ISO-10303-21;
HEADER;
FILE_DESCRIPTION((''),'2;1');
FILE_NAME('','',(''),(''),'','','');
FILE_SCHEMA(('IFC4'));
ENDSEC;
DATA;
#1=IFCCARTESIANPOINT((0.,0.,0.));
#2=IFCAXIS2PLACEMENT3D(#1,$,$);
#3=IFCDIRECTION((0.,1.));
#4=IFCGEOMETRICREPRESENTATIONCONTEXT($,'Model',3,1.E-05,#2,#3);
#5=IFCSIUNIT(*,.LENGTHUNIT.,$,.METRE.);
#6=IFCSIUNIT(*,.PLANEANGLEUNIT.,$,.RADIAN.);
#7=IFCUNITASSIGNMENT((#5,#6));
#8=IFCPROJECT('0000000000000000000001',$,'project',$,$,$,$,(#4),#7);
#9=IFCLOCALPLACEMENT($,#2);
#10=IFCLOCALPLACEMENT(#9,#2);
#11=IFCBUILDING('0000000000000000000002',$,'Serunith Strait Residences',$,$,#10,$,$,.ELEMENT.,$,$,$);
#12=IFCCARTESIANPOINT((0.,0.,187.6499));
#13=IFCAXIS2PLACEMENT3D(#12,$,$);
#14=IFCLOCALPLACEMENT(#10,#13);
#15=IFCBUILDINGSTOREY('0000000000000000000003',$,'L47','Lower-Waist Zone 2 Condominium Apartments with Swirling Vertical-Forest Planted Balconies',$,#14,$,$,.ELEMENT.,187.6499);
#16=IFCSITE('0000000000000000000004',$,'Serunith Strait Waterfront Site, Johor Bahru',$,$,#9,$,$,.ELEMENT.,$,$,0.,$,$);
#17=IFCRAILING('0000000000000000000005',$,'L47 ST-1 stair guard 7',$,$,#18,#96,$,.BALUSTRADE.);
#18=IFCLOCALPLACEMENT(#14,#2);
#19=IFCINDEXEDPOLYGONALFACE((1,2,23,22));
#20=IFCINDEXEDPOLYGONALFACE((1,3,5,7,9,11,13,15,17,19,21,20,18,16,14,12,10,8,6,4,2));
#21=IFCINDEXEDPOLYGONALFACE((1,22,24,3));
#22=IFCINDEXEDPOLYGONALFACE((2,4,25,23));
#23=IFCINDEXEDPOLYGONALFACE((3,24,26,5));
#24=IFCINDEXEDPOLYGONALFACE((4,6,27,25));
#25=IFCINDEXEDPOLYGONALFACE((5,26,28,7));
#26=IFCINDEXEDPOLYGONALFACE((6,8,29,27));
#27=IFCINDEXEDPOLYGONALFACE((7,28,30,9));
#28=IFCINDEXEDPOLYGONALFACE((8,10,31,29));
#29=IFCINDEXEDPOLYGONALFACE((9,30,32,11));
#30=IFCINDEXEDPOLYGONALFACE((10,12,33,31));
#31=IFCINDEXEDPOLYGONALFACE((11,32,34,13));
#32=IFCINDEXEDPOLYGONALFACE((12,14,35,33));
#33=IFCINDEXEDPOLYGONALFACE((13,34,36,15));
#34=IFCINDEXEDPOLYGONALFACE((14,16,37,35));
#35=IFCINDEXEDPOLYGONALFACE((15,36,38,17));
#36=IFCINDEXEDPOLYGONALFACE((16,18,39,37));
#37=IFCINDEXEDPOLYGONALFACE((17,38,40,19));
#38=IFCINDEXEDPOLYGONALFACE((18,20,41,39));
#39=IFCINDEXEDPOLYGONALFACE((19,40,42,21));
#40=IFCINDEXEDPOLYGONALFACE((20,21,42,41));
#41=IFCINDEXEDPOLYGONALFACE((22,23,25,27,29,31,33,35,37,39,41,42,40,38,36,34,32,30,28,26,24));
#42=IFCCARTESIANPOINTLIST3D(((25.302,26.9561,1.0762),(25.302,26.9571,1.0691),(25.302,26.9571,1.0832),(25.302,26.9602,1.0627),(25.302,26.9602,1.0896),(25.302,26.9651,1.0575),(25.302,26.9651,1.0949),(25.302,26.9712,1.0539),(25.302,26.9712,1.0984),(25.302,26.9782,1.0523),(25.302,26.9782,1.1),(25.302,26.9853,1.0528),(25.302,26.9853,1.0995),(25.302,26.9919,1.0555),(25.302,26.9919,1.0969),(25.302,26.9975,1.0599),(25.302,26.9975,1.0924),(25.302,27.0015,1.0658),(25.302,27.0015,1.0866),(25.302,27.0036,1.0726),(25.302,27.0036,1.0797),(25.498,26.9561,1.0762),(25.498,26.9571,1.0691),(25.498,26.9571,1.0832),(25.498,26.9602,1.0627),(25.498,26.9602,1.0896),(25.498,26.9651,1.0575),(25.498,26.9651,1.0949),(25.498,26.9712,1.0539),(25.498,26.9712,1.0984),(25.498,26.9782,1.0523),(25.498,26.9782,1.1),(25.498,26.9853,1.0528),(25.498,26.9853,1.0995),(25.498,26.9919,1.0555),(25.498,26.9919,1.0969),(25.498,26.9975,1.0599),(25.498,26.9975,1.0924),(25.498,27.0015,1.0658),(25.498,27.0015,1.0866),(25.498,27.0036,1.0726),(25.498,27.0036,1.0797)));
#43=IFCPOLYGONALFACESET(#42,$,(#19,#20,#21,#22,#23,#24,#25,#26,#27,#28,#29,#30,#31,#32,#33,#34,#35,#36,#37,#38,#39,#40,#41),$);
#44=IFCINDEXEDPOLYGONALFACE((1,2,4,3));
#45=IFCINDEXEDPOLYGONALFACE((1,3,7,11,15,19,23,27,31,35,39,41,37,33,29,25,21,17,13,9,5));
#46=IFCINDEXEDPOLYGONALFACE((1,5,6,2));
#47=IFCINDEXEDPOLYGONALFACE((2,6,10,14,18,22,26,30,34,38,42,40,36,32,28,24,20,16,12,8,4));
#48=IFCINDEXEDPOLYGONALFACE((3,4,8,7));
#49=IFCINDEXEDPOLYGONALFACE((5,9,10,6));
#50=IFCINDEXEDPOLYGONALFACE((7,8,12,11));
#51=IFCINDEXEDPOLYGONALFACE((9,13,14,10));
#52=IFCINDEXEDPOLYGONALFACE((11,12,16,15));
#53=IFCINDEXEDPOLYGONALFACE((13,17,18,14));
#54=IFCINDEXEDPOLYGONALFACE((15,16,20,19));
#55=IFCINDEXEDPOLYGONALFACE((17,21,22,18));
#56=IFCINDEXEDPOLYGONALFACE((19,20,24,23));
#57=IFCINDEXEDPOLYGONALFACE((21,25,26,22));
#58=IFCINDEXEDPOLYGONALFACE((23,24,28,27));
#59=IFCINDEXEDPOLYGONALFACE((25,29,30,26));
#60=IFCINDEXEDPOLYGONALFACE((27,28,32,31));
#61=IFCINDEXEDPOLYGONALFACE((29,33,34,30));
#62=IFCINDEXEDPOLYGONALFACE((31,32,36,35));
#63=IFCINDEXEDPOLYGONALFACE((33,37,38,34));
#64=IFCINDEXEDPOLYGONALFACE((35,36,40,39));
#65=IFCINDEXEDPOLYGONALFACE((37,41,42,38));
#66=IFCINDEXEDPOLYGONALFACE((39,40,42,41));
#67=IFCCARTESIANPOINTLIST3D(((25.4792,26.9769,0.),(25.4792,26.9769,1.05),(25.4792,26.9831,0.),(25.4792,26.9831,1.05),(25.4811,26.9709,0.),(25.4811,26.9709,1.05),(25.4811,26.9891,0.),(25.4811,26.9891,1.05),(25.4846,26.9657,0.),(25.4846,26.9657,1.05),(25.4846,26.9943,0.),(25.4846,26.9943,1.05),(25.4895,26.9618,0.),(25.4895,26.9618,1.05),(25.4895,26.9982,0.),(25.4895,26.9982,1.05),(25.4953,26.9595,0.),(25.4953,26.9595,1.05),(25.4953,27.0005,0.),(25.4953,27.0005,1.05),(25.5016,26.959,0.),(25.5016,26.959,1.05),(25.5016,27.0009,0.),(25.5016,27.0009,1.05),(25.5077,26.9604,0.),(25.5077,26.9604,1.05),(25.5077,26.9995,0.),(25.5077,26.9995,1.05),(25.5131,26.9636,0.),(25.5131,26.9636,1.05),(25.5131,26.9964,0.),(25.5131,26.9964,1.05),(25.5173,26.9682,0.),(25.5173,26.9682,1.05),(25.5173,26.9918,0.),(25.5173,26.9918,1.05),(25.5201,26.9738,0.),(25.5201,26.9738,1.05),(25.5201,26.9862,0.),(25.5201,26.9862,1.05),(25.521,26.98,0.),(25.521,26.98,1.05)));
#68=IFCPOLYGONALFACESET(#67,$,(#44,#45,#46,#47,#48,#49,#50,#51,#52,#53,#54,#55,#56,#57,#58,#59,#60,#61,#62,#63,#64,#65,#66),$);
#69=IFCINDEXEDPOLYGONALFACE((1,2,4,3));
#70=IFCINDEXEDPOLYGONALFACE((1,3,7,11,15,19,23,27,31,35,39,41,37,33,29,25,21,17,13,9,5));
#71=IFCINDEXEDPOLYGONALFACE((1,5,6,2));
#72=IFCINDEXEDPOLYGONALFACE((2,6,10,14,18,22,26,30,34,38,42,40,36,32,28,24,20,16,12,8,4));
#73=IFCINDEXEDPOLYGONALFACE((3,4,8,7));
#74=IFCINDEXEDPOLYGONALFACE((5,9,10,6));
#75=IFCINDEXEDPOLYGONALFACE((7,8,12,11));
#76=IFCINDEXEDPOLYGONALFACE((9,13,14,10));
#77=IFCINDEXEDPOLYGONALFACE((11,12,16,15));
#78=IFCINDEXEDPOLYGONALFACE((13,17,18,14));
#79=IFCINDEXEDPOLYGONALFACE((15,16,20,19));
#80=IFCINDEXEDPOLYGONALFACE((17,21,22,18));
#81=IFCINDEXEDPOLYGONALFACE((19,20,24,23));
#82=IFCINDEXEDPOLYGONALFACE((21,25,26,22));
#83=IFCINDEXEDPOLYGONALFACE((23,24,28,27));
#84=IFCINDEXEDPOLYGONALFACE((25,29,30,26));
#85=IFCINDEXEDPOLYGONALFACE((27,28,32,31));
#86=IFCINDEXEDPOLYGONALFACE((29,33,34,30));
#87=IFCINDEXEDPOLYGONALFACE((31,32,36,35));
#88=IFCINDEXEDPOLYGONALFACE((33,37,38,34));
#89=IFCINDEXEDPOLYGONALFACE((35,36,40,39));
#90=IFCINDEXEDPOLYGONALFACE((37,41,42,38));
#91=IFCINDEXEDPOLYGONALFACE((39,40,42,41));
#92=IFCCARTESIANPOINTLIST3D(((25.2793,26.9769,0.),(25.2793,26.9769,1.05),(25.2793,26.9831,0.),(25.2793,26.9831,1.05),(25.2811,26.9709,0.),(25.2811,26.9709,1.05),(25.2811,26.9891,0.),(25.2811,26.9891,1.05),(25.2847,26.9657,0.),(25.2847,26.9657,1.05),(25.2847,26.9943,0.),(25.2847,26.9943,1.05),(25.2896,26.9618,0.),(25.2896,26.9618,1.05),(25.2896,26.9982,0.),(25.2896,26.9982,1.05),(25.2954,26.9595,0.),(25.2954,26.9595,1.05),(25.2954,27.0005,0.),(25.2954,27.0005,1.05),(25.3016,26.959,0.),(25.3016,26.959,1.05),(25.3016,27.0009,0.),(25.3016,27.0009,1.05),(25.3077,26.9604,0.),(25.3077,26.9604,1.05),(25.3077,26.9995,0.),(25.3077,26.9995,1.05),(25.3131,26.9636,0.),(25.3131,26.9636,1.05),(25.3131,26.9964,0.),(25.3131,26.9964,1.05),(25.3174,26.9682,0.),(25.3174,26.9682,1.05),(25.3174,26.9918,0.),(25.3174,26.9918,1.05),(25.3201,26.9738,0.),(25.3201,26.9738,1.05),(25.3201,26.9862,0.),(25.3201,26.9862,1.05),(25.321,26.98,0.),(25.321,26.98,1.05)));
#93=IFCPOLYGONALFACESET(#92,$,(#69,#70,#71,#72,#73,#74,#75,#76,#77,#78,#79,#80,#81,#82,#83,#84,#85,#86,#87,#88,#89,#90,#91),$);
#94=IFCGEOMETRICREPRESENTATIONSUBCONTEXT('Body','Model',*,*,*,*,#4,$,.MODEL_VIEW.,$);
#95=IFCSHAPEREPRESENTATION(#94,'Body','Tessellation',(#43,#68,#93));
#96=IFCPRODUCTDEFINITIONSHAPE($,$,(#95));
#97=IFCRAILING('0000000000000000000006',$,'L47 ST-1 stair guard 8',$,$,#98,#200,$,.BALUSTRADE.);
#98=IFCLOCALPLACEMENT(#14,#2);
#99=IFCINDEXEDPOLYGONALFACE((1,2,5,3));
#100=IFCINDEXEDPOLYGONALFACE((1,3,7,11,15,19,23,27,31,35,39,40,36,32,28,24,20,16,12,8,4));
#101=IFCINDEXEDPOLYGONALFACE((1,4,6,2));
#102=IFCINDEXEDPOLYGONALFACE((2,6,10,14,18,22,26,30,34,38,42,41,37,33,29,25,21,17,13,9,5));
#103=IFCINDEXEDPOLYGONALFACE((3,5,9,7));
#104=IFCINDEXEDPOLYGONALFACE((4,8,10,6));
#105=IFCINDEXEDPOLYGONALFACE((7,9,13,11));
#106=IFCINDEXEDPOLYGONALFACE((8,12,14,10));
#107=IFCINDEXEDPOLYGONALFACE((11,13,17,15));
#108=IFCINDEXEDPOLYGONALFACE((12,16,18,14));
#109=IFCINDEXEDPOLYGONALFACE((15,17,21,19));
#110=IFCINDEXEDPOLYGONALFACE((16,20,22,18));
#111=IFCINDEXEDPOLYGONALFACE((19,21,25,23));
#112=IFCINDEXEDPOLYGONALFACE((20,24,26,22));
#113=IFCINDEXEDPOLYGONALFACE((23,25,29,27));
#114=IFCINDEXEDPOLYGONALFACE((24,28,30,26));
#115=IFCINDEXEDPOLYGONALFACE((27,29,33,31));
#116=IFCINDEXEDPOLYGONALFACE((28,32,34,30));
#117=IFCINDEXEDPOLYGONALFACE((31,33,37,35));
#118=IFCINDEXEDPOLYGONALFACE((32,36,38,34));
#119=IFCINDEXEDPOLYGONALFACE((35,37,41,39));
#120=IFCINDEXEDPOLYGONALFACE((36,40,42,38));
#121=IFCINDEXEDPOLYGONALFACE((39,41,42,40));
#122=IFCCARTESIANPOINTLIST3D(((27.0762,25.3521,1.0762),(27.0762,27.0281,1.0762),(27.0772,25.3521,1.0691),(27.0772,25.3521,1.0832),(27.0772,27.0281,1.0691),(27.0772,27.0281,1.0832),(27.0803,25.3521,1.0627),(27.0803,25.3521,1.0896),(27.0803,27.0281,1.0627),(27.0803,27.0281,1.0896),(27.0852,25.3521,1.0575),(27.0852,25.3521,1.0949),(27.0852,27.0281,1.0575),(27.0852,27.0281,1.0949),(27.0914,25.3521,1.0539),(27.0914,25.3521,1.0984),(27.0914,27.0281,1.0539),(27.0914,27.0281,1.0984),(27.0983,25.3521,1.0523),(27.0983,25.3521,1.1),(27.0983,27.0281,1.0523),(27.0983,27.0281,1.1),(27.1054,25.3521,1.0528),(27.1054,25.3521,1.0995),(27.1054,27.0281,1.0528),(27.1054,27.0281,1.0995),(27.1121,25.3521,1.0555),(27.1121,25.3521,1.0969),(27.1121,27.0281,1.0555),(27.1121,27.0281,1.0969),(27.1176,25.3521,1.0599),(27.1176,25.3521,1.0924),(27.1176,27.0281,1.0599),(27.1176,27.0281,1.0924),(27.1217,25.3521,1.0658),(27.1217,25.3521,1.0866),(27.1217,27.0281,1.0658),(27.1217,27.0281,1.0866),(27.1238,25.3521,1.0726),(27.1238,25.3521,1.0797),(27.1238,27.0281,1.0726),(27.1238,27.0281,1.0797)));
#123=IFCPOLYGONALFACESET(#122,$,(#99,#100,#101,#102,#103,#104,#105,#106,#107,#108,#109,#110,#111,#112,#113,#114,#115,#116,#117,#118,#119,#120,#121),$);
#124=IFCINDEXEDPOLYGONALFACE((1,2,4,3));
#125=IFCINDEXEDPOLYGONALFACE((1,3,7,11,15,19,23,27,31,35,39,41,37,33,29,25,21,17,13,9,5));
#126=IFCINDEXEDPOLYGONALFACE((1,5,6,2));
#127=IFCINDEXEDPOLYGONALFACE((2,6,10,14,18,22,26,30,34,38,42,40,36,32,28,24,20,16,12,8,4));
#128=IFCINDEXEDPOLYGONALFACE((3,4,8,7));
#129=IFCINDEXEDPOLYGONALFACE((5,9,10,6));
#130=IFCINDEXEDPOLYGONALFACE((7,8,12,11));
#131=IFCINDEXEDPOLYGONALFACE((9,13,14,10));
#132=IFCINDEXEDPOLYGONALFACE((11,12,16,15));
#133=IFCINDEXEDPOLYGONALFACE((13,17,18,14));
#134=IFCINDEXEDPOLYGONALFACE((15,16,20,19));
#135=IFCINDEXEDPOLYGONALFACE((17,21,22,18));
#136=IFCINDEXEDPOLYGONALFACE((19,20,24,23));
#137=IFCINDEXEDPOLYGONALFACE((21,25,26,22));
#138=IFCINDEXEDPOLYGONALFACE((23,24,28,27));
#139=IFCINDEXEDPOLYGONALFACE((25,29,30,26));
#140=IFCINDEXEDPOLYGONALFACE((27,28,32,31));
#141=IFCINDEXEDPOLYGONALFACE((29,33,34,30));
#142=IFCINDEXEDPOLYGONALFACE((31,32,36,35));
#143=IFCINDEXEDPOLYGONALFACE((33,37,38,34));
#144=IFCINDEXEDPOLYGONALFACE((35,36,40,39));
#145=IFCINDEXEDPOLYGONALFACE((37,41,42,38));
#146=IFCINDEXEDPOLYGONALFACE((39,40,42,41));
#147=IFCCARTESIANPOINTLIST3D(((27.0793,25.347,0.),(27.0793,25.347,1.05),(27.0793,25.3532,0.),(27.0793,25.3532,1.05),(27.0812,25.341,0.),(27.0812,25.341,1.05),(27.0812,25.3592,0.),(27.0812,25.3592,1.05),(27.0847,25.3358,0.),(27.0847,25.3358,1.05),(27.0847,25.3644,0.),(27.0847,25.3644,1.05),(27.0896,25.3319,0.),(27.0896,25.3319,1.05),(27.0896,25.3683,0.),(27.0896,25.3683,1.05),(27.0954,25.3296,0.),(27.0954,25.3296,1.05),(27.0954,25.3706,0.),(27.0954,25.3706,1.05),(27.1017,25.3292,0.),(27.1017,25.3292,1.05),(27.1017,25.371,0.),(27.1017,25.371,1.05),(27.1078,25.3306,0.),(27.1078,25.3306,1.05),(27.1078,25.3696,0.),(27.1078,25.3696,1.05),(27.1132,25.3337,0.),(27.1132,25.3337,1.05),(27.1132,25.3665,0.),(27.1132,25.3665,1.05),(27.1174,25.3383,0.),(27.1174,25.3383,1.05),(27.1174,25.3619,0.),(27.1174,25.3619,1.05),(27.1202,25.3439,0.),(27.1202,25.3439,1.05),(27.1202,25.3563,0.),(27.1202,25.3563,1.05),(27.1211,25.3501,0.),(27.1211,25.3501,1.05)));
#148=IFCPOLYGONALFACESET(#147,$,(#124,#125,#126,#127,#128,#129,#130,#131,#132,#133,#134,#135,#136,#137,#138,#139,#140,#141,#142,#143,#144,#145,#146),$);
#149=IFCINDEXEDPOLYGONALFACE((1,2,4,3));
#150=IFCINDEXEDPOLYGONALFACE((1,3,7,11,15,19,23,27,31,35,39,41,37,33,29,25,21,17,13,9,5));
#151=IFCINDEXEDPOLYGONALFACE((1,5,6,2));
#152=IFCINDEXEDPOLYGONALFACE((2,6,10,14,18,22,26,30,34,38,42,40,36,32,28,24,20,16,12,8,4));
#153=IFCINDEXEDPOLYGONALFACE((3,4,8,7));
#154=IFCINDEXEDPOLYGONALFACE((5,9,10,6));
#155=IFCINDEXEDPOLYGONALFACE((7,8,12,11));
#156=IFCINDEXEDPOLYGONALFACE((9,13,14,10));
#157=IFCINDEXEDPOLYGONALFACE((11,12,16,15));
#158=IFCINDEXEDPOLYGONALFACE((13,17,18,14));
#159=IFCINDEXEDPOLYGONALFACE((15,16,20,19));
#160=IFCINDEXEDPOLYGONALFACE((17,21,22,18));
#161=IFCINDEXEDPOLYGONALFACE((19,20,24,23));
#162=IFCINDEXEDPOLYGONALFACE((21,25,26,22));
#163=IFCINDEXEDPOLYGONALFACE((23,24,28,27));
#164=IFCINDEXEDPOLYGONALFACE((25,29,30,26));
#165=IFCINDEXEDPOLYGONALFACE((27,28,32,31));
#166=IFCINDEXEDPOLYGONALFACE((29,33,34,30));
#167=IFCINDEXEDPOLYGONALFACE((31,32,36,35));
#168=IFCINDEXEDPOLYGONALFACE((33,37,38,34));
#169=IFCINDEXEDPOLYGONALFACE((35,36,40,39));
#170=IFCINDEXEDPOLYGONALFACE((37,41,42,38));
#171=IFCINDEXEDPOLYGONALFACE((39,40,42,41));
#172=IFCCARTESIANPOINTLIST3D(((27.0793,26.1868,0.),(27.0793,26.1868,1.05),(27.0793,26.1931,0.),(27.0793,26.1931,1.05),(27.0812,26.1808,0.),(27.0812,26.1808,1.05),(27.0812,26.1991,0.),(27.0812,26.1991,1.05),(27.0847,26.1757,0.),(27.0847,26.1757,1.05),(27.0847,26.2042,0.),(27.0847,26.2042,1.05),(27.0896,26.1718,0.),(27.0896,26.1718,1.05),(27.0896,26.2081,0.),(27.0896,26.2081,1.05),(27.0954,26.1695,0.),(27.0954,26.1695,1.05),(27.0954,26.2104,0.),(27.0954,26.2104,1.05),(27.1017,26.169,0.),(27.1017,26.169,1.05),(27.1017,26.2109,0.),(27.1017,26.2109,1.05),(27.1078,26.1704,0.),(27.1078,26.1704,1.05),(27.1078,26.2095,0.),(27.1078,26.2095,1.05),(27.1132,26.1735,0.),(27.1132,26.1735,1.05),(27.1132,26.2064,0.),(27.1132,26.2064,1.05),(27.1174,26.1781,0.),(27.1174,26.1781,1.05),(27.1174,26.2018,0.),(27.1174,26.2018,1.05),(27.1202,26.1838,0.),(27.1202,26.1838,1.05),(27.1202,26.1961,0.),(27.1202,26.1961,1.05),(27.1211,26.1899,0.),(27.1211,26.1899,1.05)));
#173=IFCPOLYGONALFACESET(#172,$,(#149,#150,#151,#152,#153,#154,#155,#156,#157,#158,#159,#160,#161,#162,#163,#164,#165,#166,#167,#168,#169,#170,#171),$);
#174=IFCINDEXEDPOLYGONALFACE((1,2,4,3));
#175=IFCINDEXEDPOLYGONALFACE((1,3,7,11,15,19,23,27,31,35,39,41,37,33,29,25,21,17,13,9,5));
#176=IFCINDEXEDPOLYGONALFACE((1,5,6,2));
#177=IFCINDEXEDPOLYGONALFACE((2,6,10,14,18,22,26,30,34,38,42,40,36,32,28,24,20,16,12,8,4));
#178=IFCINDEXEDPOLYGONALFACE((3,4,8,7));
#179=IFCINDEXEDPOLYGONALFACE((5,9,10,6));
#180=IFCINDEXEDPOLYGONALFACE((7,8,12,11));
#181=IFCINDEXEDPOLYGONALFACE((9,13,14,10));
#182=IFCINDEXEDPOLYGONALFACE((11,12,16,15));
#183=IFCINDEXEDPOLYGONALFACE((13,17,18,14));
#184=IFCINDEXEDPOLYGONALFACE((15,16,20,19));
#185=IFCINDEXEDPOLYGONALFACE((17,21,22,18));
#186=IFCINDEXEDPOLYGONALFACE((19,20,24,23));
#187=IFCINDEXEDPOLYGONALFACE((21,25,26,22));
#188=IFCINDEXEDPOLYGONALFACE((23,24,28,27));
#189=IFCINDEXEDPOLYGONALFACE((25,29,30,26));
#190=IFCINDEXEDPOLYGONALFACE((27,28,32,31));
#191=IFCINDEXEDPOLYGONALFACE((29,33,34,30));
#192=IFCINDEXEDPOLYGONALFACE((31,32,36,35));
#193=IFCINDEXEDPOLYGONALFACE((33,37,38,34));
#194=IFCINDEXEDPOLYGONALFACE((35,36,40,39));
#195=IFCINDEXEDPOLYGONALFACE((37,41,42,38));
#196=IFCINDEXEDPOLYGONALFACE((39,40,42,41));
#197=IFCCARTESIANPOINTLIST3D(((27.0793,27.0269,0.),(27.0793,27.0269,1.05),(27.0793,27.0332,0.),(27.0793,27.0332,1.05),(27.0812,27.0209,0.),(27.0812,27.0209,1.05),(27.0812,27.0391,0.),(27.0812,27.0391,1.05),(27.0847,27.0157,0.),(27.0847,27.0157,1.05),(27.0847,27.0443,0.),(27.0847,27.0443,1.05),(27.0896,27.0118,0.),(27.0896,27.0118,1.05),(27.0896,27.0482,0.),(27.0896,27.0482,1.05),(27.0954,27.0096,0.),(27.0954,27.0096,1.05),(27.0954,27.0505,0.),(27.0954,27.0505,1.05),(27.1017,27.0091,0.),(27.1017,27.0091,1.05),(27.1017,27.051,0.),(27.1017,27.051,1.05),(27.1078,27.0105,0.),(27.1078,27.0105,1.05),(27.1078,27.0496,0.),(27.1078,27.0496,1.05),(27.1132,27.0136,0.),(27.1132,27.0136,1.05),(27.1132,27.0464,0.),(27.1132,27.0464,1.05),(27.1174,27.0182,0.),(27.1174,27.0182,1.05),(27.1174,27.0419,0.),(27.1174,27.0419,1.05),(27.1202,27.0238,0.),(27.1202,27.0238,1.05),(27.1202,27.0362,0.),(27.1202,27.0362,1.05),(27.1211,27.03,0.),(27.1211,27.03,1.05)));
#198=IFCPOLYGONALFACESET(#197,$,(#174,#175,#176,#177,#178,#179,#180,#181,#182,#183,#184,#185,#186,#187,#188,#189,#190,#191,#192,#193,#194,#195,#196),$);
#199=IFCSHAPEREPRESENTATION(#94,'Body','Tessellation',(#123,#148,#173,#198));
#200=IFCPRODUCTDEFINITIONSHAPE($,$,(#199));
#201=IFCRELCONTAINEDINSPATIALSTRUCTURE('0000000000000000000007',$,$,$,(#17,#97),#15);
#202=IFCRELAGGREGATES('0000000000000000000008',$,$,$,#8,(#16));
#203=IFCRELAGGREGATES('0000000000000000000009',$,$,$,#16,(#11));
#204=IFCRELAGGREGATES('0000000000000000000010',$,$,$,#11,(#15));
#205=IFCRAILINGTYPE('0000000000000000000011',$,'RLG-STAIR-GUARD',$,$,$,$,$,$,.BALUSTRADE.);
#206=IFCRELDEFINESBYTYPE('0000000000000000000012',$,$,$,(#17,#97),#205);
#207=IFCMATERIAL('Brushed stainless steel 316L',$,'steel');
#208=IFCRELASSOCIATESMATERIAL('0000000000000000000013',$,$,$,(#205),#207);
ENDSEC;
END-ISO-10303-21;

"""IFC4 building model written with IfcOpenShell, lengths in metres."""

from ifc_helpers import new_model, si_unit, direction, frame, origin, origin_2d, place, context, subcontext, project, spatial, circle, extrude, material, type_object, element, save


model = new_model("IFC4")

# Units and contexts
model_context = context("Model", 3, precision=1e-05, world=origin(), true_north=direction((0.0, 1.0)))
body_context = subcontext(model_context, "Body", "Model", "MODEL_VIEW")
ifc_project = project(units=[si_unit("LENGTHUNIT", "METRE"), si_unit("PLANEANGLEUNIT", "RADIAN")], contexts=[model_context])

# Site, building, storey
site_placement = place(None, origin())
site = spatial("IfcSite", under=ifc_project, at=site_placement, Name="Serunith Strait Waterfront Site, Johor Bahru", CompositionType="ELEMENT", RefElevation=0.0)
building_placement = place(site_placement, origin())
building = spatial("IfcBuilding", under=site, at=building_placement, Name="Serunith Strait Residences", CompositionType="ELEMENT")
storey_placement = place(building_placement, frame((0.0, 0.0, 187.6499)))
storey = spatial("IfcBuildingStorey", under=building, at=storey_placement, Name="L47", Description="Lower-Waist Zone 2 Condominium Apartments with Swirling Vertical-Forest Planted Balconies", CompositionType="ELEMENT", Elevation=187.6499)

# Railings
ifc_material_1 = material(Name="Brushed stainless steel 316L", Category="steel")
railing_type_1 = type_object("IfcRailingType", Name="RLG-STAIR-GUARD", PredefinedType="BALUSTRADE", material=ifc_material_1)
railing_1_placement = place(storey_placement, frame((25.5, 26.98, 0.0)))
element("IfcRailing", 1, at=railing_1_placement, inside=storey, type_object=railing_type_1, Name="L47 ST-1 stair guard 7", PredefinedType="BALUSTRADE", context=body_context, shape_type="SweptSolid", body=[
    extrude(circle(Radius=0.0239, at=origin_2d()), frame((-0.002, 0.0, 1.0762), z_axis=(-1.0, 0.0, 0.0), x_axis=(0.0, -1.0, 0.0)), (0.0, 0.0, 1.0), 0.196),
    extrude(circle(Radius=0.021, at=origin_2d()), origin(), (0.0, 0.0, 1.0), 1.05),
    extrude(circle(Radius=0.021, at=origin_2d()), frame((-0.2, 0.0, 0.0)), (0.0, 0.0, 1.0), 1.05),
])
for number, where, name in (
    (2, (27.1001, 25.3501, 0.0), "L47 ST-1 stair guard 8"),
):
    element("IfcRailing", number, at=place(storey_placement, frame(where)), inside=storey, type_object=railing_type_1, Name=name, PredefinedType="BALUSTRADE", context=body_context, shape_type="SweptSolid", body=[
        extrude(circle(Radius=0.0239, at=origin_2d()), frame((0.0, 0.002, 1.0762), z_axis=(0.0, 1.0, 0.0), x_axis=(-1.0, 0.0, 0.0)), (0.0, 0.0, 1.0), 1.676),
        extrude(circle(Radius=0.021, at=origin_2d()), origin(), (0.0, 0.0, 1.0), 1.05),
        extrude(circle(Radius=0.021, at=origin_2d()), frame((0.0, 0.8398, 0.0)), (0.0, 0.0, 1.0), 1.05),
        extrude(circle(Radius=0.021, at=origin_2d()), frame((0.0, 1.6799, 0.0)), (0.0, 0.0, 1.0), 1.05),
    ])

save(model, "model.ifc")
